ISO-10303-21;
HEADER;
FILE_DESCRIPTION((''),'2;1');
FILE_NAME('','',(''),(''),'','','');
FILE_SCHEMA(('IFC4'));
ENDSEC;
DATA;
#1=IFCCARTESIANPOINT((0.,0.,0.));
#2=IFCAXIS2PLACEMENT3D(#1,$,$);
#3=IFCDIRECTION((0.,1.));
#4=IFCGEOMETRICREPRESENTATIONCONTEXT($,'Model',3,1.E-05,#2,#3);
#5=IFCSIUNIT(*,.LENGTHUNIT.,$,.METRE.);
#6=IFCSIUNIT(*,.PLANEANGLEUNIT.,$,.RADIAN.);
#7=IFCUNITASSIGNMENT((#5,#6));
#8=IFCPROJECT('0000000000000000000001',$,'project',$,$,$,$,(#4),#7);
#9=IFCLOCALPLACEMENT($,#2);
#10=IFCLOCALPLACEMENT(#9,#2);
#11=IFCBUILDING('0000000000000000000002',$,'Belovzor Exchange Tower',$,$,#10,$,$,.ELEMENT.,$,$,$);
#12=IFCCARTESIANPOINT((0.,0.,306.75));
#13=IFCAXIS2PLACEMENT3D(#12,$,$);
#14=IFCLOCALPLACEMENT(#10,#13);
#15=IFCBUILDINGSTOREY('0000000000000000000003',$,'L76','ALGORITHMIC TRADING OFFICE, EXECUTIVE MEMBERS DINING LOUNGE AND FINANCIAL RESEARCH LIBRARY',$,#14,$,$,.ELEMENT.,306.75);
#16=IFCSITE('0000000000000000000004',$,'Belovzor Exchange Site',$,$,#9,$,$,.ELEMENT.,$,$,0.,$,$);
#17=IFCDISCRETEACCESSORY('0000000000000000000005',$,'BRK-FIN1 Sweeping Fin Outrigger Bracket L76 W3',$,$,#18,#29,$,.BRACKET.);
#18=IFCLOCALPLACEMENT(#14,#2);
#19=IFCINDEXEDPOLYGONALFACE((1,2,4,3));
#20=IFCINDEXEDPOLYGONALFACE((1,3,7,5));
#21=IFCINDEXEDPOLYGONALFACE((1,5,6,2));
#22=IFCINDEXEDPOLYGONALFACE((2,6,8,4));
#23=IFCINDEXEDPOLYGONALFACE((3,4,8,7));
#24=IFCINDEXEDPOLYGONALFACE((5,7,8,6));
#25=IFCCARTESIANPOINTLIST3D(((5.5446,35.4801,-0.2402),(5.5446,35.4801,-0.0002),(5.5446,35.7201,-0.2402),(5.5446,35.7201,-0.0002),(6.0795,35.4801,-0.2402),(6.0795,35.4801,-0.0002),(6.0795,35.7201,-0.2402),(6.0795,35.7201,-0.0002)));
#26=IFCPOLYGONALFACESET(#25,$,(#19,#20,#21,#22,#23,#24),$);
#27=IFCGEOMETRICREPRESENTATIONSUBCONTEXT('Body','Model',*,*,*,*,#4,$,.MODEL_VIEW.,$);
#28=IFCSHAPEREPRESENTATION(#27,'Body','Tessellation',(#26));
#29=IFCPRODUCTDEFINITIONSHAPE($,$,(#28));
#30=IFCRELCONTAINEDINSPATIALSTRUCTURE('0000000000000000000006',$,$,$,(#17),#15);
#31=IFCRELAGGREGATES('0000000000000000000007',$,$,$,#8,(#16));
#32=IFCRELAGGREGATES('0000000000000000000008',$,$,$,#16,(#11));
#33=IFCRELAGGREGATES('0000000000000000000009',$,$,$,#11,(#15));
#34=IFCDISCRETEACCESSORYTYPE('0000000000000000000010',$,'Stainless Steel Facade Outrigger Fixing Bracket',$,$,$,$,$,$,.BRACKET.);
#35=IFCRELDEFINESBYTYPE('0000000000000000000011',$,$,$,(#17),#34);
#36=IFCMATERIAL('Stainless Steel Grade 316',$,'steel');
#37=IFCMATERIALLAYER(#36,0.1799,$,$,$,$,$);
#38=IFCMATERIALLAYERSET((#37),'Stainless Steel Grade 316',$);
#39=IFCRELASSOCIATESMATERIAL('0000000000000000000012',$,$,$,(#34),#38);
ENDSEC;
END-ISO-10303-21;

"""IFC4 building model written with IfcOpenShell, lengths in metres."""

from ifc_helpers import new_model, si_unit, direction, frame, origin, origin_2d, place, context, subcontext, project, spatial, rectangle, extrude, material, layer, layer_set, type_object, element, save


model = new_model("IFC4")

# Units and contexts
model_context = context("Model", 3, precision=1e-05, world=origin(), true_north=direction((0.0, 1.0)))
body_context = subcontext(model_context, "Body", "Model", "MODEL_VIEW")
ifc_project = project(units=[si_unit("LENGTHUNIT", "METRE"), si_unit("PLANEANGLEUNIT", "RADIAN")], contexts=[model_context])

# Site, building, storey
site_placement = place(None, origin())
site = spatial("IfcSite", under=ifc_project, at=site_placement, Name="Belovzor Exchange Site", CompositionType="ELEMENT", RefElevation=0.0)
building_placement = place(site_placement, origin())
building = spatial("IfcBuilding", under=site, at=building_placement, Name="Belovzor Exchange Tower", CompositionType="ELEMENT")
storey_placement = place(building_placement, frame((0.0, 0.0, 306.75)))
storey = spatial("IfcBuildingStorey", under=building, at=storey_placement, Name="L76", Description="ALGORITHMIC TRADING OFFICE, EXECUTIVE MEMBERS DINING LOUNGE AND FINANCIAL RESEARCH LIBRARY", CompositionType="ELEMENT", Elevation=306.75)

# Discrete accessory
ifc_material_1 = material(Name="Stainless Steel Grade 316", Category="steel")
ifc_layer_1 = layer(ifc_material_1, 0.1799)
ifc_layer_set_1 = layer_set([ifc_layer_1], Name="Stainless Steel Grade 316")
discrete_accessory_type = type_object("IfcDiscreteAccessoryType", Name="Stainless Steel Facade Outrigger Fixing Bracket", PredefinedType="BRACKET", material=ifc_layer_set_1)
discrete_accessory_placement = place(storey_placement, frame((5.812, 35.6001, -0.2402), z_axis=(0.0, 0.0, 1.0), x_axis=(1.0, 0.0, 0.0)))
element("IfcDiscreteAccessory", 1, at=discrete_accessory_placement, inside=storey, type_object=discrete_accessory_type, Name="BRK-FIN1 Sweeping Fin Outrigger Bracket L76 W3", PredefinedType="BRACKET", context=body_context, shape_type="SweptSolid", body=[
    extrude(rectangle(XDim=0.5349, YDim=0.24, at=origin_2d()), origin(), (0.0, 0.0, 1.0), 0.24),
])

save(model, "model.ifc")
